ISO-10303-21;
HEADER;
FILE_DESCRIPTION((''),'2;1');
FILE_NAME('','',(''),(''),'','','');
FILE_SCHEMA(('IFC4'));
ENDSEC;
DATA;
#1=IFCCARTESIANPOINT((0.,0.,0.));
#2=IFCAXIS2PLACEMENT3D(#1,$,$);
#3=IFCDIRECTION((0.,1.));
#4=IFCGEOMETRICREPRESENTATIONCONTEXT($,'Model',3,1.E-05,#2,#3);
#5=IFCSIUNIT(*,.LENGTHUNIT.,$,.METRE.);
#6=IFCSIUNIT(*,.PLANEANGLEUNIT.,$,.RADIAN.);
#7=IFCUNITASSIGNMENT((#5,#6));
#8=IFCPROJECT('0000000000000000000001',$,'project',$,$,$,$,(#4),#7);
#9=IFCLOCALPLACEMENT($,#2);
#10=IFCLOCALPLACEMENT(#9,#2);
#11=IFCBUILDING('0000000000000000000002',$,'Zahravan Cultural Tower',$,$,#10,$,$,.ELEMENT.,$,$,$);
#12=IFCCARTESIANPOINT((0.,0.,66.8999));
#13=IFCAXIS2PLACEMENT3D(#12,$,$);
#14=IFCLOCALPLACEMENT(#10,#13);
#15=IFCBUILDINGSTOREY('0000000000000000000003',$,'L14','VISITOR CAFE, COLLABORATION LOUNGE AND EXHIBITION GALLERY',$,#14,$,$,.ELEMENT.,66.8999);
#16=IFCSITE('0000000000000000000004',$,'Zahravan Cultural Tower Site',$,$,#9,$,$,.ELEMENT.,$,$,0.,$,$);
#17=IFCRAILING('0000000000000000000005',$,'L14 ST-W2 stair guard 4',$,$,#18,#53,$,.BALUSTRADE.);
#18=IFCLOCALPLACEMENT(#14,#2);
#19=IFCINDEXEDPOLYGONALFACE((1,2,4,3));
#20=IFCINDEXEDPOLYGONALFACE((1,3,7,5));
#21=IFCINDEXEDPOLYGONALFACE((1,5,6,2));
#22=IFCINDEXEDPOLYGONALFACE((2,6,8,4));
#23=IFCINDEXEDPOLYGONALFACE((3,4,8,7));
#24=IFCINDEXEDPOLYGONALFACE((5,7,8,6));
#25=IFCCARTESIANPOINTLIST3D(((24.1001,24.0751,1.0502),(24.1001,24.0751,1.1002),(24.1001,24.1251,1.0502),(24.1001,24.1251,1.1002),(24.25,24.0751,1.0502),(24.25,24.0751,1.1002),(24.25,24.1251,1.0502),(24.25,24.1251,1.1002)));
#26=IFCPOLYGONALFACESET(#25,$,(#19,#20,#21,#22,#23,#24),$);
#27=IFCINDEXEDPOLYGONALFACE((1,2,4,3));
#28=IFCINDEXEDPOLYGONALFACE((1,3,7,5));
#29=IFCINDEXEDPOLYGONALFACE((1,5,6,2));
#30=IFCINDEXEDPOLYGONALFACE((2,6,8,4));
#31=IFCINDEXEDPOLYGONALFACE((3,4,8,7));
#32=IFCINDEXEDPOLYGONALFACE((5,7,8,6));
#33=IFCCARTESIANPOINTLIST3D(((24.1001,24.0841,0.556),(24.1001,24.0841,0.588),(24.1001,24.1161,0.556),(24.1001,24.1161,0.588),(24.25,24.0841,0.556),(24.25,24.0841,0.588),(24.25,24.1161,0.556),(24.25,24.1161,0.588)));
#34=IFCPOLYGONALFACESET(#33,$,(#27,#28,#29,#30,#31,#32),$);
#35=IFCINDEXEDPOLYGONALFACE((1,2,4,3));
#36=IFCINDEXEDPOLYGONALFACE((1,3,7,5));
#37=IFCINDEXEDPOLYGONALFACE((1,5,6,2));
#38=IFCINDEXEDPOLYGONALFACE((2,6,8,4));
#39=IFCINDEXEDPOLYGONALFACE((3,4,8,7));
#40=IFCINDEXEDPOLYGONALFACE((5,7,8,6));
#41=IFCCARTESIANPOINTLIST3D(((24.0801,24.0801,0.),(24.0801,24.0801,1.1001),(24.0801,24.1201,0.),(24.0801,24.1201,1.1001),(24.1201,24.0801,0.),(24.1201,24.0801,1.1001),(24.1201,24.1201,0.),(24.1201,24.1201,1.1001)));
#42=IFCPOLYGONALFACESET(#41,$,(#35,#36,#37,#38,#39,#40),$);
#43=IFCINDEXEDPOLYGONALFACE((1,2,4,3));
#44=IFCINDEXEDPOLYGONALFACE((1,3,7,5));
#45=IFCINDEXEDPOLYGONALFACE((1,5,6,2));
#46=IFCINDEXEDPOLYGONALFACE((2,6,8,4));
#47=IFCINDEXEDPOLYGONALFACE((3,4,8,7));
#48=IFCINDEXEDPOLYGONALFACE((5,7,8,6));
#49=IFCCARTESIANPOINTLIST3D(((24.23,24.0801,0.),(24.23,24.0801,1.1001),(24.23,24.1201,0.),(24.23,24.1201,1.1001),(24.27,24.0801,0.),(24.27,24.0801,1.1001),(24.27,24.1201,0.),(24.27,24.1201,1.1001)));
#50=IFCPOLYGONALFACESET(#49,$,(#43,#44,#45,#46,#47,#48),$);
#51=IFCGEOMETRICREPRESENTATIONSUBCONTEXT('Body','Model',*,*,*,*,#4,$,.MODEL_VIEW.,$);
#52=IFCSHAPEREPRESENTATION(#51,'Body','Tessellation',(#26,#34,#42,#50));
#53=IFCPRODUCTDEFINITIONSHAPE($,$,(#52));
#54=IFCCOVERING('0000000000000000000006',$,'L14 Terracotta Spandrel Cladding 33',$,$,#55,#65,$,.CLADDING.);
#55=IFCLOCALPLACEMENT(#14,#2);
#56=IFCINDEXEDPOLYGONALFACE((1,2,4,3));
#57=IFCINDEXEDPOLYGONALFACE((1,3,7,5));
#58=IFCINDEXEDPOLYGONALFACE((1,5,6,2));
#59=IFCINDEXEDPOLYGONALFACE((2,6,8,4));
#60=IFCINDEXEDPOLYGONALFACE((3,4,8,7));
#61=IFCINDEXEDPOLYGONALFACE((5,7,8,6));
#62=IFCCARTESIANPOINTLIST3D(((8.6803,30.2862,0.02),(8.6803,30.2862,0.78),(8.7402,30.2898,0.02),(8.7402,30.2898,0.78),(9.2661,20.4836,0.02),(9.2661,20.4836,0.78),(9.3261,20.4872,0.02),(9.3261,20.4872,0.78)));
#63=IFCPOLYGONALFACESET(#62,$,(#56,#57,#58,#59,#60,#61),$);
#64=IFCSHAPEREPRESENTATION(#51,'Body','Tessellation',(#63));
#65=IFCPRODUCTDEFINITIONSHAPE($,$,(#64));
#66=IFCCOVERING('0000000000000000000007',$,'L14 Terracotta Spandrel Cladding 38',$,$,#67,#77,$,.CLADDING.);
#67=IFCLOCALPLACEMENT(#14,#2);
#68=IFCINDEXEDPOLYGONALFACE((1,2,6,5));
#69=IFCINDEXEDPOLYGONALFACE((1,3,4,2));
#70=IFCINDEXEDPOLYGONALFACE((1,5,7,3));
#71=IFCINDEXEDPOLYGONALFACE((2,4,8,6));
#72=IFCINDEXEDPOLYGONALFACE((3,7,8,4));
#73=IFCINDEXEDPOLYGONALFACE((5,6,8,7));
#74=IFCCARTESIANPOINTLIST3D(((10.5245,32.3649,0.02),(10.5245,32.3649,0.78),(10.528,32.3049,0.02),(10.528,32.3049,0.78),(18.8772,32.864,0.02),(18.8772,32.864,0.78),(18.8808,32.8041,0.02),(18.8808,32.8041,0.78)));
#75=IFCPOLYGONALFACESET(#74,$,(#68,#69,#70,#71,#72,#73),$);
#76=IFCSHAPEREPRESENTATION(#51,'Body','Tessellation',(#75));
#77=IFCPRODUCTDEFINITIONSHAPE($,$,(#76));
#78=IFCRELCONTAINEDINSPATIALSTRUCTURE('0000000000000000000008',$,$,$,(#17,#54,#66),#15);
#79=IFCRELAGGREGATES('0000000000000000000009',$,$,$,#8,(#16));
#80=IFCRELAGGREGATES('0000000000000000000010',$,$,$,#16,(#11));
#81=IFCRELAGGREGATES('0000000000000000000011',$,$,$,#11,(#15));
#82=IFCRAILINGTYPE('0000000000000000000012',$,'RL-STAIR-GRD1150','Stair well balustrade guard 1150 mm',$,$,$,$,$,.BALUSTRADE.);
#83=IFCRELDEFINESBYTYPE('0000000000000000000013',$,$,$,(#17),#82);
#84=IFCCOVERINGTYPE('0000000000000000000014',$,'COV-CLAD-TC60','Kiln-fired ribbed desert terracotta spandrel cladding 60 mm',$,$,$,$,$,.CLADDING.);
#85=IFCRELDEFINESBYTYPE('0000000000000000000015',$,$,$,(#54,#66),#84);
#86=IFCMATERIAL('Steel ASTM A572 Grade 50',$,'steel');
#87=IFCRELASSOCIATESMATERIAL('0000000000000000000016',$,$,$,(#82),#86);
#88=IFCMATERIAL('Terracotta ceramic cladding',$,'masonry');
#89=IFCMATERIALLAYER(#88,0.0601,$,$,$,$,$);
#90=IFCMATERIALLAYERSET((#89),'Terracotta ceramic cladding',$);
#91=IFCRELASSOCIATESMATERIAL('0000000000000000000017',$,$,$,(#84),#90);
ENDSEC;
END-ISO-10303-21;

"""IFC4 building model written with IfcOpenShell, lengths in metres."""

from ifc_helpers import new_model, si_unit, direction, frame, origin, origin_2d, place, context, subcontext, project, spatial, rectangle, extrude, source, transform, mapped, material, layer, layer_set, type_object, element, save


model = new_model("IFC4")

# Units and contexts
model_context = context("Model", 3, precision=1e-05, world=origin(), true_north=direction((0.0, 1.0)))
body_context = subcontext(model_context, "Body", "Model", "MODEL_VIEW")
ifc_project = project(units=[si_unit("LENGTHUNIT", "METRE"), si_unit("PLANEANGLEUNIT", "RADIAN")], contexts=[model_context])

# Site, building, storey
site_placement = place(None, origin())
site = spatial("IfcSite", under=ifc_project, at=site_placement, Name="Zahravan Cultural Tower Site", CompositionType="ELEMENT", RefElevation=0.0)
building_placement = place(site_placement, origin())
building = spatial("IfcBuilding", under=site, at=building_placement, Name="Zahravan Cultural Tower", CompositionType="ELEMENT")
storey_placement = place(building_placement, frame((0.0, 0.0, 66.8999)))
storey = spatial("IfcBuildingStorey", under=building, at=storey_placement, Name="L14", Description="VISITOR CAFE, COLLABORATION LOUNGE AND EXHIBITION GALLERY", CompositionType="ELEMENT", Elevation=66.8999)

# Shared definitions
ifc_material_1 = material(Name="Steel ASTM A572 Grade 50", Category="steel")

# Railing
railing_type = type_object("IfcRailingType", Name="RL-STAIR-GRD1150", Description="Stair well balustrade guard 1150 mm", PredefinedType="BALUSTRADE", material=ifc_material_1)
railing_1_placement = place(storey_placement, frame((24.1001, 24.1001, 0.0)))
element("IfcRailing", 1, at=railing_1_placement, inside=storey, type_object=railing_type, Name="L14 ST-W2 stair guard 4", PredefinedType="BALUSTRADE", context=body_context, shape_type="SweptSolid", body=[
    extrude(rectangle(XDim=0.05, YDim=0.05, at=origin_2d()), frame((0.0, 0.0, 1.0752), z_axis=(1.0, 0.0, 0.0), x_axis=(0.0, 1.0, 0.0)), (0.0, 0.0, 1.0), 0.1499),
    extrude(rectangle(XDim=0.032, YDim=0.032, at=origin_2d()), frame((0.0, 0.0, 0.572), z_axis=(1.0, 0.0, 0.0), x_axis=(0.0, 1.0, 0.0)), (0.0, 0.0, 1.0), 0.1499),
    extrude(rectangle(XDim=0.04, YDim=0.04, at=origin_2d()), origin(), (0.0, 0.0, 1.0), 1.1001),
    extrude(rectangle(XDim=0.04, YDim=0.04, at=origin_2d()), frame((0.1499, 0.0, 0.0)), (0.0, 0.0, 1.0), 1.1001),
])

# Coverings
ifc_material_2 = material(Name="Terracotta ceramic cladding", Category="masonry")
ifc_layer_1 = layer(ifc_material_2, 0.0601)
ifc_layer_set_1 = layer_set([ifc_layer_1], Name="Terracotta ceramic cladding")
covering_type = type_object("IfcCoveringType", Name="COV-CLAD-TC60", Description="Kiln-fired ribbed desert terracotta spandrel cladding 60 mm", PredefinedType="CLADDING", material=ifc_layer_set_1)
shared_shape_1 = source(origin(), body_context, "Body", "SweptSolid", [
    extrude(rectangle(XDim=9.8201, YDim=0.0601, at=origin_2d()), origin(), (0.0, 0.0, 1.0), 0.76),
])
covering_1_placement = place(storey_placement, frame((9.0032, 25.3867, 0.02), z_axis=(0.0, 0.0, 1.0), x_axis=(-0.059655, 0.998219, 0.0)))
element("IfcCovering", 2, at=covering_1_placement, inside=storey, type_object=covering_type, Name="L14 Terracotta Spandrel Cladding 33", PredefinedType="CLADDING", context=body_context, shape_type="MappedRepresentation", body=[
    mapped(shared_shape_1, transform((0.0, 0.0, 0.0), x_axis=(1.0, 0.0, 0.0), y_axis=(0.0, 1.0, 0.0), z_axis=(0.0, 0.0, 1.0), scale=1.0)),
])
shared_shape_2 = source(origin(), body_context, "Body", "SweptSolid", [
    extrude(rectangle(XDim=8.3677, YDim=0.0601, at=origin_2d()), origin(), (0.0, 0.0, 1.0), 0.76),
])
covering_2_placement = place(storey_placement, frame((14.7026, 32.5845, 0.02), z_axis=(0.0, 0.0, 1.0), x_axis=(0.998219, 0.059655, 0.0)))
element("IfcCovering", 3, at=covering_2_placement, inside=storey, type_object=covering_type, Name="L14 Terracotta Spandrel Cladding 38", PredefinedType="CLADDING", context=body_context, shape_type="MappedRepresentation", body=[
    mapped(shared_shape_2, transform((0.0, 0.0, 0.0), x_axis=(1.0, 0.0, 0.0), y_axis=(0.0, 1.0, 0.0), z_axis=(0.0, 0.0, 1.0), scale=1.0)),
])

save(model, "model.ifc")
